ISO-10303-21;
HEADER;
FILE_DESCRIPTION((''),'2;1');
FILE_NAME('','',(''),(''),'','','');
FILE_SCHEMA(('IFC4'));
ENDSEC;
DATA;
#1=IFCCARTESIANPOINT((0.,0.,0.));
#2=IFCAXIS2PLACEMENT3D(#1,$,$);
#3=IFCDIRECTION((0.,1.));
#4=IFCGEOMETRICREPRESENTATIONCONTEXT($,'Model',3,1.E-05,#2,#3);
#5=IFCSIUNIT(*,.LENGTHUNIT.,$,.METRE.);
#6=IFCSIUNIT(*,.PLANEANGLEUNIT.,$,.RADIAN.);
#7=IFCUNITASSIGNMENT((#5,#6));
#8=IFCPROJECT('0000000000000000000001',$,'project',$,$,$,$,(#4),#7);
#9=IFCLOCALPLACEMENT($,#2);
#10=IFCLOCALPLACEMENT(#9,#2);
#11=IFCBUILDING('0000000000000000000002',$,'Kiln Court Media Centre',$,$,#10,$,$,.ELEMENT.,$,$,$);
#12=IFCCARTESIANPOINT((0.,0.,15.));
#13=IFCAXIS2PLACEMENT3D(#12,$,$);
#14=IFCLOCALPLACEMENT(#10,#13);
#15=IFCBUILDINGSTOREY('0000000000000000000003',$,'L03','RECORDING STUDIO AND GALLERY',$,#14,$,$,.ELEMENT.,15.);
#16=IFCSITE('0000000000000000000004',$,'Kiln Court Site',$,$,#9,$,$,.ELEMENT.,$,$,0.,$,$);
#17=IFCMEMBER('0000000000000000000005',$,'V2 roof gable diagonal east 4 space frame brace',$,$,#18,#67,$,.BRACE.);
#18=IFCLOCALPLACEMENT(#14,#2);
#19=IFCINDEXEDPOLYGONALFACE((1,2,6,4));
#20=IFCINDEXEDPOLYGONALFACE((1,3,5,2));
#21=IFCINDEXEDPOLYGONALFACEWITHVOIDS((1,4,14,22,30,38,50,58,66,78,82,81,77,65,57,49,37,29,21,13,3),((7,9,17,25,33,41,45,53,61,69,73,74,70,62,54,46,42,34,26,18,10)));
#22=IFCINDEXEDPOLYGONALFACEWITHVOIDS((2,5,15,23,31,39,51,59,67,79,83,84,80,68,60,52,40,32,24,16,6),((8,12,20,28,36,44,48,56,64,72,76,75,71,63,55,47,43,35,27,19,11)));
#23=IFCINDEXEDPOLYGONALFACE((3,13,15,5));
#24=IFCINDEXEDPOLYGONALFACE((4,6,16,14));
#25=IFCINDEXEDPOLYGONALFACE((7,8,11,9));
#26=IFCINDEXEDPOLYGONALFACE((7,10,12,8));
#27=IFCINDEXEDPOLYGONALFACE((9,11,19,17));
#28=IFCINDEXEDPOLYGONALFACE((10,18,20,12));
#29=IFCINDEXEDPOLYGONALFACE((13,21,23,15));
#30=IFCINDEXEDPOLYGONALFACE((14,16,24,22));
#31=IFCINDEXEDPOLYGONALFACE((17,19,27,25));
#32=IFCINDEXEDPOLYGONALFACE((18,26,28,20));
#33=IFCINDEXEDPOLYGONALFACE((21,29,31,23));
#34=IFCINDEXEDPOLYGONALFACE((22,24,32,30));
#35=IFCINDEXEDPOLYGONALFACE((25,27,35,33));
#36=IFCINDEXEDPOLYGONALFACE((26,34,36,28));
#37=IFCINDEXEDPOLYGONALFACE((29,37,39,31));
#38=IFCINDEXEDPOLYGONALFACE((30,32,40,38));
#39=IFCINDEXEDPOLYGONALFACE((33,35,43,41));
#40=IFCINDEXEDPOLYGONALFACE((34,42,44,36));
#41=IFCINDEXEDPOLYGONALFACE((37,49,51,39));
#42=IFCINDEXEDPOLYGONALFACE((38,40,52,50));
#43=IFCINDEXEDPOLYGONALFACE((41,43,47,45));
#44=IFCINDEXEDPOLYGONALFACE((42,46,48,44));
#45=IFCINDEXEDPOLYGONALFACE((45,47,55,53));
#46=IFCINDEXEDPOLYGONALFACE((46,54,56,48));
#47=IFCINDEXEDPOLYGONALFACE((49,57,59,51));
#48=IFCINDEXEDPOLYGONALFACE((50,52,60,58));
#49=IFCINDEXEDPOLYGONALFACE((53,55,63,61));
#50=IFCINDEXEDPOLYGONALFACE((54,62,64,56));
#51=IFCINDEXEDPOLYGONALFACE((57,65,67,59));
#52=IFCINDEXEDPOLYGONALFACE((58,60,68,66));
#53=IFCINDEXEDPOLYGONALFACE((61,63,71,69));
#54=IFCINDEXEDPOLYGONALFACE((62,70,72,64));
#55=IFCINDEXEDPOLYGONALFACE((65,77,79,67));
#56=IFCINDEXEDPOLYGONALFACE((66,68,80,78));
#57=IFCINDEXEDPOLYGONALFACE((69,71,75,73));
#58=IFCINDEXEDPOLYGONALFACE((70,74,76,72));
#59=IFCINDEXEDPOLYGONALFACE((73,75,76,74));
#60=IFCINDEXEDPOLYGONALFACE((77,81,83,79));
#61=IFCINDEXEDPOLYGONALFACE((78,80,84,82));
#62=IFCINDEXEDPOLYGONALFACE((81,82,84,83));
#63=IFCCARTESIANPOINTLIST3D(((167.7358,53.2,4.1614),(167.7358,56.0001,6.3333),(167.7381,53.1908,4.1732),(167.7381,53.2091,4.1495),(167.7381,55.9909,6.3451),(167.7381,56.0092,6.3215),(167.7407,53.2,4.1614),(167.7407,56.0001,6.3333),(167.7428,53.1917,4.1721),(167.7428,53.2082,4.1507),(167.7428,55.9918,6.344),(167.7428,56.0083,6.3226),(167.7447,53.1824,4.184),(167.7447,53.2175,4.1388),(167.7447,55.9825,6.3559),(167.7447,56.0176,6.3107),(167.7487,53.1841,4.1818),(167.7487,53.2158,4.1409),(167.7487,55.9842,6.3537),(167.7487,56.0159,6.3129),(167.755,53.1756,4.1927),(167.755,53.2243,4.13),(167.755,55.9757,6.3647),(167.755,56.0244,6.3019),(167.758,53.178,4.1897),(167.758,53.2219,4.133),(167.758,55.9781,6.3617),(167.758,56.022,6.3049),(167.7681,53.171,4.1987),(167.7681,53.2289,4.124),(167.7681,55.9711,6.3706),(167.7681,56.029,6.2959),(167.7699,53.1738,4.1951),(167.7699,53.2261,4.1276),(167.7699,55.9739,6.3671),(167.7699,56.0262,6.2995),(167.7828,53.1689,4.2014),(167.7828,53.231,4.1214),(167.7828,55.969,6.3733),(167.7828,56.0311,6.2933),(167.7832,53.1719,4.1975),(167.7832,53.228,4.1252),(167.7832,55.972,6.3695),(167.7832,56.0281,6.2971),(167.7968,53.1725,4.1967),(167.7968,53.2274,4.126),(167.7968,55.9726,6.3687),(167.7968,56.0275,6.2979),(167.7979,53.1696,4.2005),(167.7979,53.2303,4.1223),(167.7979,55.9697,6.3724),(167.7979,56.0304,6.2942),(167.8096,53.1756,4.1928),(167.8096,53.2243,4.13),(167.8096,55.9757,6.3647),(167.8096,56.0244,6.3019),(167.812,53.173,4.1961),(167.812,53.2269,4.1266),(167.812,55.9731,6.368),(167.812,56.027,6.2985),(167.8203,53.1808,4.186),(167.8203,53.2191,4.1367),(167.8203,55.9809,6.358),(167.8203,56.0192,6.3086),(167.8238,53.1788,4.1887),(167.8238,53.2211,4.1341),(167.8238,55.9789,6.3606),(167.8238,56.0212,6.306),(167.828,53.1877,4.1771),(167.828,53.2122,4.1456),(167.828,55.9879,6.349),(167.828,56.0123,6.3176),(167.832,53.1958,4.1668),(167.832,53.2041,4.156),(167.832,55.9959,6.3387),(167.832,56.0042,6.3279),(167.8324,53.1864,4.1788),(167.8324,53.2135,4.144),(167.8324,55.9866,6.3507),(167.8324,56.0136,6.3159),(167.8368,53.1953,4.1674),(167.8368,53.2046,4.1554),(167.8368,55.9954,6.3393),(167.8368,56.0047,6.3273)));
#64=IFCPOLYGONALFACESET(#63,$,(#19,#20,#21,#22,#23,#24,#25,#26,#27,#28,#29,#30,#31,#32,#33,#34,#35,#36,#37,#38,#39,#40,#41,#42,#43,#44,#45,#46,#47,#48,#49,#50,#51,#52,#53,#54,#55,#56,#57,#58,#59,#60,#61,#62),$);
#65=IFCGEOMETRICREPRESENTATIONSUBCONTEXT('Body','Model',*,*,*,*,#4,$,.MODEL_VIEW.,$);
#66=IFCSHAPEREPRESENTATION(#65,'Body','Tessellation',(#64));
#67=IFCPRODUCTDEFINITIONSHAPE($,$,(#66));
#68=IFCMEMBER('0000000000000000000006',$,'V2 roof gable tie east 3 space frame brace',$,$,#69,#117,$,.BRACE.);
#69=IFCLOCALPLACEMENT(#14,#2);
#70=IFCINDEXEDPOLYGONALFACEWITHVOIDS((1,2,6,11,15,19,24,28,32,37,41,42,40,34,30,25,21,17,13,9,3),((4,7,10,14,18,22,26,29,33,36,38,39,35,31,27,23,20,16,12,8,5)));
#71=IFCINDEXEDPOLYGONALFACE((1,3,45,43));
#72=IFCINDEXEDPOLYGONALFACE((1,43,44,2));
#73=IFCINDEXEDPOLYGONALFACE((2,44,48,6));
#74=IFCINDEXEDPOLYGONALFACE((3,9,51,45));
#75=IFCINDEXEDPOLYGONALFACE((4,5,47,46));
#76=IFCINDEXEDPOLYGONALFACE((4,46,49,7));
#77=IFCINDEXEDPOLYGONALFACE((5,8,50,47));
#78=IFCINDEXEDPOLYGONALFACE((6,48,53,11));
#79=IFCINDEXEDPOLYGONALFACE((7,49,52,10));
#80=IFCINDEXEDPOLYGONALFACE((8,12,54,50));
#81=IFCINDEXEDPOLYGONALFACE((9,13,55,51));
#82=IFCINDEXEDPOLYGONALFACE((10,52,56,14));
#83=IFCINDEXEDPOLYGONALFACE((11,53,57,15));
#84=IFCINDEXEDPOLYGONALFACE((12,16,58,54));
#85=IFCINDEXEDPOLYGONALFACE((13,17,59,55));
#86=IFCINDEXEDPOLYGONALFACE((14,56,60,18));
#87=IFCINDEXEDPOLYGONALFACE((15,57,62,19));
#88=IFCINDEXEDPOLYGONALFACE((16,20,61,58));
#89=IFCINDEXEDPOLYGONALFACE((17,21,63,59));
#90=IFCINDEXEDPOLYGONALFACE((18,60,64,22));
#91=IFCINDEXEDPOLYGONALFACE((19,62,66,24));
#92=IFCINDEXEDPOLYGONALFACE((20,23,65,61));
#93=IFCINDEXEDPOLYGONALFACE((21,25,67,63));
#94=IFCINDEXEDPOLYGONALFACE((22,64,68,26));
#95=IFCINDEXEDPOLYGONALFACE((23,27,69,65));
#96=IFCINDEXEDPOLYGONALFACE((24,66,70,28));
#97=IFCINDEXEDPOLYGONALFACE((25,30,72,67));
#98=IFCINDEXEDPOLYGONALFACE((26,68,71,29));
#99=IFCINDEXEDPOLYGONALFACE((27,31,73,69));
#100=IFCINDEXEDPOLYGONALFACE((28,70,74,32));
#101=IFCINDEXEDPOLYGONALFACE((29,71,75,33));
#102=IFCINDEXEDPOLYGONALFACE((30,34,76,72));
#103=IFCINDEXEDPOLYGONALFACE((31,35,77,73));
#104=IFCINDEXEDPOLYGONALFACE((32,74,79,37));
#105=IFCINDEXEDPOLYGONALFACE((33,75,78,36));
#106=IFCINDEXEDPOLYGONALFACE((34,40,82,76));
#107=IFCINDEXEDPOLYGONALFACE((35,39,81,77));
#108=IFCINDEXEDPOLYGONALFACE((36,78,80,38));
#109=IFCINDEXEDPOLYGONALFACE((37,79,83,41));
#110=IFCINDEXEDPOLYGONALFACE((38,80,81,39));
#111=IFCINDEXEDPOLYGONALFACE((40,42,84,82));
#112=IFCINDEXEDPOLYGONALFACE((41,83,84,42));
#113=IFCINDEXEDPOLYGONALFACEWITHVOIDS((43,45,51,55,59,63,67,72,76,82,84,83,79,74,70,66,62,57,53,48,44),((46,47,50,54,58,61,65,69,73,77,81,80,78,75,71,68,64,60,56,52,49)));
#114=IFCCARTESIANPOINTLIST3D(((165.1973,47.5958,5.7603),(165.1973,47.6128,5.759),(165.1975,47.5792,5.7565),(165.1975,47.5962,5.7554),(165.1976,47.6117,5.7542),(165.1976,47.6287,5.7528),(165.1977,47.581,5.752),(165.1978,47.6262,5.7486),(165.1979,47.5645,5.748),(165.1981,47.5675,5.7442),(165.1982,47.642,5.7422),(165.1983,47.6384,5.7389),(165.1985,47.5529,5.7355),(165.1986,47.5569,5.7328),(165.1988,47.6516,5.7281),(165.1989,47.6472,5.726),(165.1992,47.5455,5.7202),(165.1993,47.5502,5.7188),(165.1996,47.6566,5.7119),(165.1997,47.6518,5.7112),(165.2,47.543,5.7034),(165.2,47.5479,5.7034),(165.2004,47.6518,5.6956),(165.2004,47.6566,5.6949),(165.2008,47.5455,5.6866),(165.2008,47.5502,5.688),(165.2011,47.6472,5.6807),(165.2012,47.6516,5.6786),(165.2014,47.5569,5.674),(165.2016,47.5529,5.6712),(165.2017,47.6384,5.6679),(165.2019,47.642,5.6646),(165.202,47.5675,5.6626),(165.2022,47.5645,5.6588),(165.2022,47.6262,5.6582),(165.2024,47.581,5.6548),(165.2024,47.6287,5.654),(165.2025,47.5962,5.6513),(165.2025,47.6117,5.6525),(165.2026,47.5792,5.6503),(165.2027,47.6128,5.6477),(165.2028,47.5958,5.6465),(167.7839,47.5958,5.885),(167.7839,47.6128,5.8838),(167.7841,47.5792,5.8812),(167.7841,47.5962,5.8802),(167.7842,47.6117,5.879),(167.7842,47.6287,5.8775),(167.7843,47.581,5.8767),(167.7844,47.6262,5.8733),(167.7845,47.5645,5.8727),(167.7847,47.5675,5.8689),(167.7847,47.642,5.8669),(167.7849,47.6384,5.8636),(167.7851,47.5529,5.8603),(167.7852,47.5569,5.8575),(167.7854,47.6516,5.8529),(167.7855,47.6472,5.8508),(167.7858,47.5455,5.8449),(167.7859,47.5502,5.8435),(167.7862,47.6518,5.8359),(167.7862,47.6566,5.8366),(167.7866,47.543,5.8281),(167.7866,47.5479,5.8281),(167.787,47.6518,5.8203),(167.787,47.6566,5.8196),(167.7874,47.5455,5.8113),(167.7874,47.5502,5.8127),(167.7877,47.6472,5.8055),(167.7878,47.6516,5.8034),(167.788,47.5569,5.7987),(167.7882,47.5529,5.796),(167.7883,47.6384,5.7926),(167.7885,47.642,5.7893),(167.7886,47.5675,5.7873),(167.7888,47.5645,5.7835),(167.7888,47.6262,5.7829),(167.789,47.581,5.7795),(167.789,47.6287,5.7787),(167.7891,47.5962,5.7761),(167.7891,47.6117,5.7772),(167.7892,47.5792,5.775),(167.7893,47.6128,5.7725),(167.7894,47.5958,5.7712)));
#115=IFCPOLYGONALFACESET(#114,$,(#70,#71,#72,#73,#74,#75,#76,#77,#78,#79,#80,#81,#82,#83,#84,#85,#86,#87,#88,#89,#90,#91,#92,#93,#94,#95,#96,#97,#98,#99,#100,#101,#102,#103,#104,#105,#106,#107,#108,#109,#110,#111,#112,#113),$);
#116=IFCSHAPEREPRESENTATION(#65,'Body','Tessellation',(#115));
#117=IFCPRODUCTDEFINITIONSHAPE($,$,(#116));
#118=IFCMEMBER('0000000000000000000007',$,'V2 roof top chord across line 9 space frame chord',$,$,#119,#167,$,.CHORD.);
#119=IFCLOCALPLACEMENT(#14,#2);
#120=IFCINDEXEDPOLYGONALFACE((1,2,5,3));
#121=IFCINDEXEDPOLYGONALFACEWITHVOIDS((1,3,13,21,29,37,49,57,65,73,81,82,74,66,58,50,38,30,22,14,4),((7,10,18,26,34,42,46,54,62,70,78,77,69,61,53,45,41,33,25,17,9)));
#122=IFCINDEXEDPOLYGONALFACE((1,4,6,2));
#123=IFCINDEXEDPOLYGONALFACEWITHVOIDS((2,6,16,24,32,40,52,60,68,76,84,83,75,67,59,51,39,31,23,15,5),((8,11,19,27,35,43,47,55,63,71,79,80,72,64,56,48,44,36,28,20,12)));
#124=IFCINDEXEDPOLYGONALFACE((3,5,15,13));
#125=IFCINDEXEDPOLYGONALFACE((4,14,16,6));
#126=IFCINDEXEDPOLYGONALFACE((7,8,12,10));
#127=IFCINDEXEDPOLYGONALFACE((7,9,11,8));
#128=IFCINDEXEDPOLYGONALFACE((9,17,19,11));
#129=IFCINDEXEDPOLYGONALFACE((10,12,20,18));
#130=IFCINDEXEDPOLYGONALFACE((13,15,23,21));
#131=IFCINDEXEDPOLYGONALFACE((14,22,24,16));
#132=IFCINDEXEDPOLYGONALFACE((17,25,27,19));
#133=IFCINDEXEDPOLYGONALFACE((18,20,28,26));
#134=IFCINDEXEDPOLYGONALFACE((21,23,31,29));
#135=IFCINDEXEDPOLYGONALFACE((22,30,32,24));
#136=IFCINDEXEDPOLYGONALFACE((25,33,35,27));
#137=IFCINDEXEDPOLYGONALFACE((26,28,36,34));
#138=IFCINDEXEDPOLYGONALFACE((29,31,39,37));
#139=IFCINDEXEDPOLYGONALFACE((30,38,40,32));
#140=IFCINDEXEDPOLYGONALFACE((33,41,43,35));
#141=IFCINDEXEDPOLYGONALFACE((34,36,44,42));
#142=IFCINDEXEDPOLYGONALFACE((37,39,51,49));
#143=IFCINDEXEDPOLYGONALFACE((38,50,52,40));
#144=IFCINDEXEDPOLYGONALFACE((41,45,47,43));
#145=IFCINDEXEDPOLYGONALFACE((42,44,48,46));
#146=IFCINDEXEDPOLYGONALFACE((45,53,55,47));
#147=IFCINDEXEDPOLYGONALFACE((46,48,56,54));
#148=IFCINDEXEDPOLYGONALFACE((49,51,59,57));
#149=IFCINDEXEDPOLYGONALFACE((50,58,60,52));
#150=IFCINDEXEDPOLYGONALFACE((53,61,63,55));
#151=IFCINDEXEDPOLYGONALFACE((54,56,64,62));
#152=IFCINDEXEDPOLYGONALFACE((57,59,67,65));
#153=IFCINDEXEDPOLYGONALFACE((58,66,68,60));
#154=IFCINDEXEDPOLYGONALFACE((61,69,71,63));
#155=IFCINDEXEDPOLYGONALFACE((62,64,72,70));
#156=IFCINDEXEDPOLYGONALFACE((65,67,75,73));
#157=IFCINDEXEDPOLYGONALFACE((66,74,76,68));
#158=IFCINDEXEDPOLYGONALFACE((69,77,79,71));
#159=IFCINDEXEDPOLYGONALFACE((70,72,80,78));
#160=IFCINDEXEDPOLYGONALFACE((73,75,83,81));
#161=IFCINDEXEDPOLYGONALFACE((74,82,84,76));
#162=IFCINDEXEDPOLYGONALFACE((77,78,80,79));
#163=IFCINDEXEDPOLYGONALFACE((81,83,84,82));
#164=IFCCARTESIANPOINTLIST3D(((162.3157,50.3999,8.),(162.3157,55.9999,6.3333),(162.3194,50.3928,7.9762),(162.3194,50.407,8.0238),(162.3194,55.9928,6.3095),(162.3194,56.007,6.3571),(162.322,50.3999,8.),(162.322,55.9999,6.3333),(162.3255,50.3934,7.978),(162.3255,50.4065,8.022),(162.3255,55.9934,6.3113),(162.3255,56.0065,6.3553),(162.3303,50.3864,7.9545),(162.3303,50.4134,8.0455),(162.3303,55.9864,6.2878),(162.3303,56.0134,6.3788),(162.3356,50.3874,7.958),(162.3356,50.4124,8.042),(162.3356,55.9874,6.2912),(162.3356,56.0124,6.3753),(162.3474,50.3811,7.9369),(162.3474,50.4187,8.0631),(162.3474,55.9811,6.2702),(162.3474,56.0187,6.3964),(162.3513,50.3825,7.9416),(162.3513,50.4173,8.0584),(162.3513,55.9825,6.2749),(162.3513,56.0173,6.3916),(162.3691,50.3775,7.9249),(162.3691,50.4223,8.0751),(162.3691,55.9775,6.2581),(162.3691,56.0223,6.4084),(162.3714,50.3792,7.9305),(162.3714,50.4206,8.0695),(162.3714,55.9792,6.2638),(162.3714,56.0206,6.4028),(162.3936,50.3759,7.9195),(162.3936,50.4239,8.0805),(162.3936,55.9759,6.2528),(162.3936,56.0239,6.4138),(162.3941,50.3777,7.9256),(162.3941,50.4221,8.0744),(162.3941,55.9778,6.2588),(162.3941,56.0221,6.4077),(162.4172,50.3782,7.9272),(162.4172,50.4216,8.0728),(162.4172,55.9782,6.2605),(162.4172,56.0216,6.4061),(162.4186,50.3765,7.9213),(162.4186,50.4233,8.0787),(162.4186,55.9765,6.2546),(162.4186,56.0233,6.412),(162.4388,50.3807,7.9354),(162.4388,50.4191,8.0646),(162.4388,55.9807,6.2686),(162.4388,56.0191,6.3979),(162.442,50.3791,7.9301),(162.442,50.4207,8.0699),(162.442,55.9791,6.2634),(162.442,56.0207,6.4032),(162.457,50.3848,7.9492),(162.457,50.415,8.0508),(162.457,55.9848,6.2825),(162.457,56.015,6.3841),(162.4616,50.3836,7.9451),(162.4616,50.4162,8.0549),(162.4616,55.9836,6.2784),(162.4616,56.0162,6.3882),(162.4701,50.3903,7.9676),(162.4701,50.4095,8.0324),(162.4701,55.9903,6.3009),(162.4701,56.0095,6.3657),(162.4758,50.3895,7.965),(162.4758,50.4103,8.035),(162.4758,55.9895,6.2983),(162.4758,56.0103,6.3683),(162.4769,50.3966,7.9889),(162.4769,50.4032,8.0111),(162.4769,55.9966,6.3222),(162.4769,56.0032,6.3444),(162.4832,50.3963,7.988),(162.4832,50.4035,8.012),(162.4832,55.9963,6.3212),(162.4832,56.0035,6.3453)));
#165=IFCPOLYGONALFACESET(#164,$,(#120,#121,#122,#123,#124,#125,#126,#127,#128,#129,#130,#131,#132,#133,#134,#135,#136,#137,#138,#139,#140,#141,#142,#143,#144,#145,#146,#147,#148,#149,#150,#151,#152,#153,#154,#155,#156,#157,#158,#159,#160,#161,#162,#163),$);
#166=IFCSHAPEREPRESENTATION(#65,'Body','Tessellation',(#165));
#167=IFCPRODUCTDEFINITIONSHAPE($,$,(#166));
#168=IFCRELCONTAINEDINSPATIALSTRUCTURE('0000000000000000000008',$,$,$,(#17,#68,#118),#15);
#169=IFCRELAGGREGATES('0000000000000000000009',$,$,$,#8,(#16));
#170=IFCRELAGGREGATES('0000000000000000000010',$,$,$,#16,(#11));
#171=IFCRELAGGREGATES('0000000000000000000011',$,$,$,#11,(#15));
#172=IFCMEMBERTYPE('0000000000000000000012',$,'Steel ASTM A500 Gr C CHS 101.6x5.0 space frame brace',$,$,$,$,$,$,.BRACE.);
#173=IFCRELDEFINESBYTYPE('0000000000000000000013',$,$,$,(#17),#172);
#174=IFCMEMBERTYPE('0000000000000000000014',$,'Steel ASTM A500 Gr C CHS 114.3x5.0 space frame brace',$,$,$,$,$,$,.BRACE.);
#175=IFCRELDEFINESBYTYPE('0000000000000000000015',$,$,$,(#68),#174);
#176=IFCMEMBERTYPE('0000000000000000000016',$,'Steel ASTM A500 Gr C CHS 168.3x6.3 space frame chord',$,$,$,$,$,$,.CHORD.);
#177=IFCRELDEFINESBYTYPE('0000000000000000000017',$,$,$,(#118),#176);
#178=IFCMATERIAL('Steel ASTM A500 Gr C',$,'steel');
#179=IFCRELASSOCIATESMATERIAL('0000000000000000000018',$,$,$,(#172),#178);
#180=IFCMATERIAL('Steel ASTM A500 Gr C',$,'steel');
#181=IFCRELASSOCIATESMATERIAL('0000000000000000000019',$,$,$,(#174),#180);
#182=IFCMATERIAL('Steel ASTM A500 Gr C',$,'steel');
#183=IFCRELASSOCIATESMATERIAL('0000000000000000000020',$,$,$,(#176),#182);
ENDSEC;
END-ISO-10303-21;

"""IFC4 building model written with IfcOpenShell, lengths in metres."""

from ifc_helpers import new_model, si_unit, direction, frame, origin, origin_2d, place, context, subcontext, project, spatial, hollow_circle, extrude, material, material_profile, profile_set, type_object, element, save


model = new_model("IFC4")

# Units and contexts
model_context = context("Model", 3, precision=1e-05, world=origin(), true_north=direction((0.0, 1.0)))
body_context = subcontext(model_context, "Body", "Model", "MODEL_VIEW")
ifc_project = project(units=[si_unit("LENGTHUNIT", "METRE"), si_unit("PLANEANGLEUNIT", "RADIAN")], contexts=[model_context])

# Site, building, storey
site_placement = place(None, origin())
site = spatial("IfcSite", under=ifc_project, at=site_placement, Name="Kiln Court Site", CompositionType="ELEMENT", RefElevation=0.0)
building_placement = place(site_placement, origin())
building = spatial("IfcBuilding", under=site, at=building_placement, Name="Kiln Court Media Centre", CompositionType="ELEMENT")
storey_placement = place(building_placement, frame((0.0, 0.0, 15.0)))
storey = spatial("IfcBuildingStorey", under=building, at=storey_placement, Name="L03", Description="RECORDING STUDIO AND GALLERY", CompositionType="ELEMENT", Elevation=15.0)

# Members
ifc_material_1 = material(Name="Steel ASTM A500 Gr C", Category="steel")
ifc_material_profile_1 = material_profile(ifc_material_1, hollow_circle(Radius=0.0508, WallThickness=0.0049, at=origin_2d()), Name="CHS 101.6x5.0")
ifc_profile_set_1 = profile_set([ifc_material_profile_1], Name="Steel ASTM A500 Gr C")
member_type_1 = type_object("IfcMemberType", Name="Steel ASTM A500 Gr C CHS 101.6x5.0 space frame brace", PredefinedType="BRACE", material=ifc_profile_set_1)
member_1_placement = place(storey_placement, frame((167.7866, 53.2, 4.1614), z_axis=(0.0, 0.790164, 0.612896), x_axis=(-1.0, 0.0, 0.0)))
element("IfcMember", 1, at=member_1_placement, inside=storey, type_object=member_type_1, Name="V2 roof gable diagonal east 4 space frame brace", PredefinedType="BRACE", context=body_context, shape_type="SweptSolid", body=[
    extrude(hollow_circle(Radius=0.0508, WallThickness=0.0049, at=origin_2d()), origin(), (0.0, 0.0, 1.0), 3.5437),
])
ifc_material_2 = material(Name="Steel ASTM A500 Gr C", Category="steel")
ifc_material_profile_2 = material_profile(ifc_material_2, hollow_circle(Radius=0.0571, WallThickness=0.0049, at=origin_2d()), Name="CHS 114.3x5.0")
ifc_profile_set_2 = profile_set([ifc_material_profile_2], Name="Steel ASTM A500 Gr C")
member_type_2 = type_object("IfcMemberType", Name="Steel ASTM A500 Gr C CHS 114.3x5.0 space frame brace", PredefinedType="BRACE", material=ifc_profile_set_2)
member_2_placement = place(storey_placement, frame((167.7866, 47.6001, 5.8281), z_axis=(-0.998839, 0.0, -0.048174), x_axis=(0.0, -1.0, 0.0)))
element("IfcMember", 2, at=member_2_placement, inside=storey, type_object=member_type_2, Name="V2 roof gable tie east 3 space frame brace", PredefinedType="BRACE", context=body_context, shape_type="SweptSolid", body=[
    extrude(hollow_circle(Radius=0.0571, WallThickness=0.0049, at=origin_2d()), origin(), (0.0, 0.0, 1.0), 2.5896),
])
ifc_material_3 = material(Name="Steel ASTM A500 Gr C", Category="steel")
ifc_material_profile_3 = material_profile(ifc_material_3, hollow_circle(Radius=0.0842, WallThickness=0.0063, at=origin_2d()), Name="CHS 168.3x6.3")
ifc_profile_set_3 = profile_set([ifc_material_profile_3], Name="Steel ASTM A500 Gr C")
member_type_3 = type_object("IfcMemberType", Name="Steel ASTM A500 Gr C CHS 168.3x6.3 space frame chord", PredefinedType="CHORD", material=ifc_profile_set_3)
member_3_placement = place(storey_placement, frame((162.3999, 50.3999, 8.0), z_axis=(0.0, 0.95845, -0.285262), x_axis=(-1.0, 0.0, 0.0)))
element("IfcMember", 3, at=member_3_placement, inside=storey, type_object=member_type_3, Name="V2 roof top chord across line 9 space frame chord", PredefinedType="CHORD", context=body_context, shape_type="SweptSolid", body=[
    extrude(hollow_circle(Radius=0.0842, WallThickness=0.0063, at=origin_2d()), origin(), (0.0, 0.0, 1.0), 5.8428),
])

save(model, "model.ifc")
